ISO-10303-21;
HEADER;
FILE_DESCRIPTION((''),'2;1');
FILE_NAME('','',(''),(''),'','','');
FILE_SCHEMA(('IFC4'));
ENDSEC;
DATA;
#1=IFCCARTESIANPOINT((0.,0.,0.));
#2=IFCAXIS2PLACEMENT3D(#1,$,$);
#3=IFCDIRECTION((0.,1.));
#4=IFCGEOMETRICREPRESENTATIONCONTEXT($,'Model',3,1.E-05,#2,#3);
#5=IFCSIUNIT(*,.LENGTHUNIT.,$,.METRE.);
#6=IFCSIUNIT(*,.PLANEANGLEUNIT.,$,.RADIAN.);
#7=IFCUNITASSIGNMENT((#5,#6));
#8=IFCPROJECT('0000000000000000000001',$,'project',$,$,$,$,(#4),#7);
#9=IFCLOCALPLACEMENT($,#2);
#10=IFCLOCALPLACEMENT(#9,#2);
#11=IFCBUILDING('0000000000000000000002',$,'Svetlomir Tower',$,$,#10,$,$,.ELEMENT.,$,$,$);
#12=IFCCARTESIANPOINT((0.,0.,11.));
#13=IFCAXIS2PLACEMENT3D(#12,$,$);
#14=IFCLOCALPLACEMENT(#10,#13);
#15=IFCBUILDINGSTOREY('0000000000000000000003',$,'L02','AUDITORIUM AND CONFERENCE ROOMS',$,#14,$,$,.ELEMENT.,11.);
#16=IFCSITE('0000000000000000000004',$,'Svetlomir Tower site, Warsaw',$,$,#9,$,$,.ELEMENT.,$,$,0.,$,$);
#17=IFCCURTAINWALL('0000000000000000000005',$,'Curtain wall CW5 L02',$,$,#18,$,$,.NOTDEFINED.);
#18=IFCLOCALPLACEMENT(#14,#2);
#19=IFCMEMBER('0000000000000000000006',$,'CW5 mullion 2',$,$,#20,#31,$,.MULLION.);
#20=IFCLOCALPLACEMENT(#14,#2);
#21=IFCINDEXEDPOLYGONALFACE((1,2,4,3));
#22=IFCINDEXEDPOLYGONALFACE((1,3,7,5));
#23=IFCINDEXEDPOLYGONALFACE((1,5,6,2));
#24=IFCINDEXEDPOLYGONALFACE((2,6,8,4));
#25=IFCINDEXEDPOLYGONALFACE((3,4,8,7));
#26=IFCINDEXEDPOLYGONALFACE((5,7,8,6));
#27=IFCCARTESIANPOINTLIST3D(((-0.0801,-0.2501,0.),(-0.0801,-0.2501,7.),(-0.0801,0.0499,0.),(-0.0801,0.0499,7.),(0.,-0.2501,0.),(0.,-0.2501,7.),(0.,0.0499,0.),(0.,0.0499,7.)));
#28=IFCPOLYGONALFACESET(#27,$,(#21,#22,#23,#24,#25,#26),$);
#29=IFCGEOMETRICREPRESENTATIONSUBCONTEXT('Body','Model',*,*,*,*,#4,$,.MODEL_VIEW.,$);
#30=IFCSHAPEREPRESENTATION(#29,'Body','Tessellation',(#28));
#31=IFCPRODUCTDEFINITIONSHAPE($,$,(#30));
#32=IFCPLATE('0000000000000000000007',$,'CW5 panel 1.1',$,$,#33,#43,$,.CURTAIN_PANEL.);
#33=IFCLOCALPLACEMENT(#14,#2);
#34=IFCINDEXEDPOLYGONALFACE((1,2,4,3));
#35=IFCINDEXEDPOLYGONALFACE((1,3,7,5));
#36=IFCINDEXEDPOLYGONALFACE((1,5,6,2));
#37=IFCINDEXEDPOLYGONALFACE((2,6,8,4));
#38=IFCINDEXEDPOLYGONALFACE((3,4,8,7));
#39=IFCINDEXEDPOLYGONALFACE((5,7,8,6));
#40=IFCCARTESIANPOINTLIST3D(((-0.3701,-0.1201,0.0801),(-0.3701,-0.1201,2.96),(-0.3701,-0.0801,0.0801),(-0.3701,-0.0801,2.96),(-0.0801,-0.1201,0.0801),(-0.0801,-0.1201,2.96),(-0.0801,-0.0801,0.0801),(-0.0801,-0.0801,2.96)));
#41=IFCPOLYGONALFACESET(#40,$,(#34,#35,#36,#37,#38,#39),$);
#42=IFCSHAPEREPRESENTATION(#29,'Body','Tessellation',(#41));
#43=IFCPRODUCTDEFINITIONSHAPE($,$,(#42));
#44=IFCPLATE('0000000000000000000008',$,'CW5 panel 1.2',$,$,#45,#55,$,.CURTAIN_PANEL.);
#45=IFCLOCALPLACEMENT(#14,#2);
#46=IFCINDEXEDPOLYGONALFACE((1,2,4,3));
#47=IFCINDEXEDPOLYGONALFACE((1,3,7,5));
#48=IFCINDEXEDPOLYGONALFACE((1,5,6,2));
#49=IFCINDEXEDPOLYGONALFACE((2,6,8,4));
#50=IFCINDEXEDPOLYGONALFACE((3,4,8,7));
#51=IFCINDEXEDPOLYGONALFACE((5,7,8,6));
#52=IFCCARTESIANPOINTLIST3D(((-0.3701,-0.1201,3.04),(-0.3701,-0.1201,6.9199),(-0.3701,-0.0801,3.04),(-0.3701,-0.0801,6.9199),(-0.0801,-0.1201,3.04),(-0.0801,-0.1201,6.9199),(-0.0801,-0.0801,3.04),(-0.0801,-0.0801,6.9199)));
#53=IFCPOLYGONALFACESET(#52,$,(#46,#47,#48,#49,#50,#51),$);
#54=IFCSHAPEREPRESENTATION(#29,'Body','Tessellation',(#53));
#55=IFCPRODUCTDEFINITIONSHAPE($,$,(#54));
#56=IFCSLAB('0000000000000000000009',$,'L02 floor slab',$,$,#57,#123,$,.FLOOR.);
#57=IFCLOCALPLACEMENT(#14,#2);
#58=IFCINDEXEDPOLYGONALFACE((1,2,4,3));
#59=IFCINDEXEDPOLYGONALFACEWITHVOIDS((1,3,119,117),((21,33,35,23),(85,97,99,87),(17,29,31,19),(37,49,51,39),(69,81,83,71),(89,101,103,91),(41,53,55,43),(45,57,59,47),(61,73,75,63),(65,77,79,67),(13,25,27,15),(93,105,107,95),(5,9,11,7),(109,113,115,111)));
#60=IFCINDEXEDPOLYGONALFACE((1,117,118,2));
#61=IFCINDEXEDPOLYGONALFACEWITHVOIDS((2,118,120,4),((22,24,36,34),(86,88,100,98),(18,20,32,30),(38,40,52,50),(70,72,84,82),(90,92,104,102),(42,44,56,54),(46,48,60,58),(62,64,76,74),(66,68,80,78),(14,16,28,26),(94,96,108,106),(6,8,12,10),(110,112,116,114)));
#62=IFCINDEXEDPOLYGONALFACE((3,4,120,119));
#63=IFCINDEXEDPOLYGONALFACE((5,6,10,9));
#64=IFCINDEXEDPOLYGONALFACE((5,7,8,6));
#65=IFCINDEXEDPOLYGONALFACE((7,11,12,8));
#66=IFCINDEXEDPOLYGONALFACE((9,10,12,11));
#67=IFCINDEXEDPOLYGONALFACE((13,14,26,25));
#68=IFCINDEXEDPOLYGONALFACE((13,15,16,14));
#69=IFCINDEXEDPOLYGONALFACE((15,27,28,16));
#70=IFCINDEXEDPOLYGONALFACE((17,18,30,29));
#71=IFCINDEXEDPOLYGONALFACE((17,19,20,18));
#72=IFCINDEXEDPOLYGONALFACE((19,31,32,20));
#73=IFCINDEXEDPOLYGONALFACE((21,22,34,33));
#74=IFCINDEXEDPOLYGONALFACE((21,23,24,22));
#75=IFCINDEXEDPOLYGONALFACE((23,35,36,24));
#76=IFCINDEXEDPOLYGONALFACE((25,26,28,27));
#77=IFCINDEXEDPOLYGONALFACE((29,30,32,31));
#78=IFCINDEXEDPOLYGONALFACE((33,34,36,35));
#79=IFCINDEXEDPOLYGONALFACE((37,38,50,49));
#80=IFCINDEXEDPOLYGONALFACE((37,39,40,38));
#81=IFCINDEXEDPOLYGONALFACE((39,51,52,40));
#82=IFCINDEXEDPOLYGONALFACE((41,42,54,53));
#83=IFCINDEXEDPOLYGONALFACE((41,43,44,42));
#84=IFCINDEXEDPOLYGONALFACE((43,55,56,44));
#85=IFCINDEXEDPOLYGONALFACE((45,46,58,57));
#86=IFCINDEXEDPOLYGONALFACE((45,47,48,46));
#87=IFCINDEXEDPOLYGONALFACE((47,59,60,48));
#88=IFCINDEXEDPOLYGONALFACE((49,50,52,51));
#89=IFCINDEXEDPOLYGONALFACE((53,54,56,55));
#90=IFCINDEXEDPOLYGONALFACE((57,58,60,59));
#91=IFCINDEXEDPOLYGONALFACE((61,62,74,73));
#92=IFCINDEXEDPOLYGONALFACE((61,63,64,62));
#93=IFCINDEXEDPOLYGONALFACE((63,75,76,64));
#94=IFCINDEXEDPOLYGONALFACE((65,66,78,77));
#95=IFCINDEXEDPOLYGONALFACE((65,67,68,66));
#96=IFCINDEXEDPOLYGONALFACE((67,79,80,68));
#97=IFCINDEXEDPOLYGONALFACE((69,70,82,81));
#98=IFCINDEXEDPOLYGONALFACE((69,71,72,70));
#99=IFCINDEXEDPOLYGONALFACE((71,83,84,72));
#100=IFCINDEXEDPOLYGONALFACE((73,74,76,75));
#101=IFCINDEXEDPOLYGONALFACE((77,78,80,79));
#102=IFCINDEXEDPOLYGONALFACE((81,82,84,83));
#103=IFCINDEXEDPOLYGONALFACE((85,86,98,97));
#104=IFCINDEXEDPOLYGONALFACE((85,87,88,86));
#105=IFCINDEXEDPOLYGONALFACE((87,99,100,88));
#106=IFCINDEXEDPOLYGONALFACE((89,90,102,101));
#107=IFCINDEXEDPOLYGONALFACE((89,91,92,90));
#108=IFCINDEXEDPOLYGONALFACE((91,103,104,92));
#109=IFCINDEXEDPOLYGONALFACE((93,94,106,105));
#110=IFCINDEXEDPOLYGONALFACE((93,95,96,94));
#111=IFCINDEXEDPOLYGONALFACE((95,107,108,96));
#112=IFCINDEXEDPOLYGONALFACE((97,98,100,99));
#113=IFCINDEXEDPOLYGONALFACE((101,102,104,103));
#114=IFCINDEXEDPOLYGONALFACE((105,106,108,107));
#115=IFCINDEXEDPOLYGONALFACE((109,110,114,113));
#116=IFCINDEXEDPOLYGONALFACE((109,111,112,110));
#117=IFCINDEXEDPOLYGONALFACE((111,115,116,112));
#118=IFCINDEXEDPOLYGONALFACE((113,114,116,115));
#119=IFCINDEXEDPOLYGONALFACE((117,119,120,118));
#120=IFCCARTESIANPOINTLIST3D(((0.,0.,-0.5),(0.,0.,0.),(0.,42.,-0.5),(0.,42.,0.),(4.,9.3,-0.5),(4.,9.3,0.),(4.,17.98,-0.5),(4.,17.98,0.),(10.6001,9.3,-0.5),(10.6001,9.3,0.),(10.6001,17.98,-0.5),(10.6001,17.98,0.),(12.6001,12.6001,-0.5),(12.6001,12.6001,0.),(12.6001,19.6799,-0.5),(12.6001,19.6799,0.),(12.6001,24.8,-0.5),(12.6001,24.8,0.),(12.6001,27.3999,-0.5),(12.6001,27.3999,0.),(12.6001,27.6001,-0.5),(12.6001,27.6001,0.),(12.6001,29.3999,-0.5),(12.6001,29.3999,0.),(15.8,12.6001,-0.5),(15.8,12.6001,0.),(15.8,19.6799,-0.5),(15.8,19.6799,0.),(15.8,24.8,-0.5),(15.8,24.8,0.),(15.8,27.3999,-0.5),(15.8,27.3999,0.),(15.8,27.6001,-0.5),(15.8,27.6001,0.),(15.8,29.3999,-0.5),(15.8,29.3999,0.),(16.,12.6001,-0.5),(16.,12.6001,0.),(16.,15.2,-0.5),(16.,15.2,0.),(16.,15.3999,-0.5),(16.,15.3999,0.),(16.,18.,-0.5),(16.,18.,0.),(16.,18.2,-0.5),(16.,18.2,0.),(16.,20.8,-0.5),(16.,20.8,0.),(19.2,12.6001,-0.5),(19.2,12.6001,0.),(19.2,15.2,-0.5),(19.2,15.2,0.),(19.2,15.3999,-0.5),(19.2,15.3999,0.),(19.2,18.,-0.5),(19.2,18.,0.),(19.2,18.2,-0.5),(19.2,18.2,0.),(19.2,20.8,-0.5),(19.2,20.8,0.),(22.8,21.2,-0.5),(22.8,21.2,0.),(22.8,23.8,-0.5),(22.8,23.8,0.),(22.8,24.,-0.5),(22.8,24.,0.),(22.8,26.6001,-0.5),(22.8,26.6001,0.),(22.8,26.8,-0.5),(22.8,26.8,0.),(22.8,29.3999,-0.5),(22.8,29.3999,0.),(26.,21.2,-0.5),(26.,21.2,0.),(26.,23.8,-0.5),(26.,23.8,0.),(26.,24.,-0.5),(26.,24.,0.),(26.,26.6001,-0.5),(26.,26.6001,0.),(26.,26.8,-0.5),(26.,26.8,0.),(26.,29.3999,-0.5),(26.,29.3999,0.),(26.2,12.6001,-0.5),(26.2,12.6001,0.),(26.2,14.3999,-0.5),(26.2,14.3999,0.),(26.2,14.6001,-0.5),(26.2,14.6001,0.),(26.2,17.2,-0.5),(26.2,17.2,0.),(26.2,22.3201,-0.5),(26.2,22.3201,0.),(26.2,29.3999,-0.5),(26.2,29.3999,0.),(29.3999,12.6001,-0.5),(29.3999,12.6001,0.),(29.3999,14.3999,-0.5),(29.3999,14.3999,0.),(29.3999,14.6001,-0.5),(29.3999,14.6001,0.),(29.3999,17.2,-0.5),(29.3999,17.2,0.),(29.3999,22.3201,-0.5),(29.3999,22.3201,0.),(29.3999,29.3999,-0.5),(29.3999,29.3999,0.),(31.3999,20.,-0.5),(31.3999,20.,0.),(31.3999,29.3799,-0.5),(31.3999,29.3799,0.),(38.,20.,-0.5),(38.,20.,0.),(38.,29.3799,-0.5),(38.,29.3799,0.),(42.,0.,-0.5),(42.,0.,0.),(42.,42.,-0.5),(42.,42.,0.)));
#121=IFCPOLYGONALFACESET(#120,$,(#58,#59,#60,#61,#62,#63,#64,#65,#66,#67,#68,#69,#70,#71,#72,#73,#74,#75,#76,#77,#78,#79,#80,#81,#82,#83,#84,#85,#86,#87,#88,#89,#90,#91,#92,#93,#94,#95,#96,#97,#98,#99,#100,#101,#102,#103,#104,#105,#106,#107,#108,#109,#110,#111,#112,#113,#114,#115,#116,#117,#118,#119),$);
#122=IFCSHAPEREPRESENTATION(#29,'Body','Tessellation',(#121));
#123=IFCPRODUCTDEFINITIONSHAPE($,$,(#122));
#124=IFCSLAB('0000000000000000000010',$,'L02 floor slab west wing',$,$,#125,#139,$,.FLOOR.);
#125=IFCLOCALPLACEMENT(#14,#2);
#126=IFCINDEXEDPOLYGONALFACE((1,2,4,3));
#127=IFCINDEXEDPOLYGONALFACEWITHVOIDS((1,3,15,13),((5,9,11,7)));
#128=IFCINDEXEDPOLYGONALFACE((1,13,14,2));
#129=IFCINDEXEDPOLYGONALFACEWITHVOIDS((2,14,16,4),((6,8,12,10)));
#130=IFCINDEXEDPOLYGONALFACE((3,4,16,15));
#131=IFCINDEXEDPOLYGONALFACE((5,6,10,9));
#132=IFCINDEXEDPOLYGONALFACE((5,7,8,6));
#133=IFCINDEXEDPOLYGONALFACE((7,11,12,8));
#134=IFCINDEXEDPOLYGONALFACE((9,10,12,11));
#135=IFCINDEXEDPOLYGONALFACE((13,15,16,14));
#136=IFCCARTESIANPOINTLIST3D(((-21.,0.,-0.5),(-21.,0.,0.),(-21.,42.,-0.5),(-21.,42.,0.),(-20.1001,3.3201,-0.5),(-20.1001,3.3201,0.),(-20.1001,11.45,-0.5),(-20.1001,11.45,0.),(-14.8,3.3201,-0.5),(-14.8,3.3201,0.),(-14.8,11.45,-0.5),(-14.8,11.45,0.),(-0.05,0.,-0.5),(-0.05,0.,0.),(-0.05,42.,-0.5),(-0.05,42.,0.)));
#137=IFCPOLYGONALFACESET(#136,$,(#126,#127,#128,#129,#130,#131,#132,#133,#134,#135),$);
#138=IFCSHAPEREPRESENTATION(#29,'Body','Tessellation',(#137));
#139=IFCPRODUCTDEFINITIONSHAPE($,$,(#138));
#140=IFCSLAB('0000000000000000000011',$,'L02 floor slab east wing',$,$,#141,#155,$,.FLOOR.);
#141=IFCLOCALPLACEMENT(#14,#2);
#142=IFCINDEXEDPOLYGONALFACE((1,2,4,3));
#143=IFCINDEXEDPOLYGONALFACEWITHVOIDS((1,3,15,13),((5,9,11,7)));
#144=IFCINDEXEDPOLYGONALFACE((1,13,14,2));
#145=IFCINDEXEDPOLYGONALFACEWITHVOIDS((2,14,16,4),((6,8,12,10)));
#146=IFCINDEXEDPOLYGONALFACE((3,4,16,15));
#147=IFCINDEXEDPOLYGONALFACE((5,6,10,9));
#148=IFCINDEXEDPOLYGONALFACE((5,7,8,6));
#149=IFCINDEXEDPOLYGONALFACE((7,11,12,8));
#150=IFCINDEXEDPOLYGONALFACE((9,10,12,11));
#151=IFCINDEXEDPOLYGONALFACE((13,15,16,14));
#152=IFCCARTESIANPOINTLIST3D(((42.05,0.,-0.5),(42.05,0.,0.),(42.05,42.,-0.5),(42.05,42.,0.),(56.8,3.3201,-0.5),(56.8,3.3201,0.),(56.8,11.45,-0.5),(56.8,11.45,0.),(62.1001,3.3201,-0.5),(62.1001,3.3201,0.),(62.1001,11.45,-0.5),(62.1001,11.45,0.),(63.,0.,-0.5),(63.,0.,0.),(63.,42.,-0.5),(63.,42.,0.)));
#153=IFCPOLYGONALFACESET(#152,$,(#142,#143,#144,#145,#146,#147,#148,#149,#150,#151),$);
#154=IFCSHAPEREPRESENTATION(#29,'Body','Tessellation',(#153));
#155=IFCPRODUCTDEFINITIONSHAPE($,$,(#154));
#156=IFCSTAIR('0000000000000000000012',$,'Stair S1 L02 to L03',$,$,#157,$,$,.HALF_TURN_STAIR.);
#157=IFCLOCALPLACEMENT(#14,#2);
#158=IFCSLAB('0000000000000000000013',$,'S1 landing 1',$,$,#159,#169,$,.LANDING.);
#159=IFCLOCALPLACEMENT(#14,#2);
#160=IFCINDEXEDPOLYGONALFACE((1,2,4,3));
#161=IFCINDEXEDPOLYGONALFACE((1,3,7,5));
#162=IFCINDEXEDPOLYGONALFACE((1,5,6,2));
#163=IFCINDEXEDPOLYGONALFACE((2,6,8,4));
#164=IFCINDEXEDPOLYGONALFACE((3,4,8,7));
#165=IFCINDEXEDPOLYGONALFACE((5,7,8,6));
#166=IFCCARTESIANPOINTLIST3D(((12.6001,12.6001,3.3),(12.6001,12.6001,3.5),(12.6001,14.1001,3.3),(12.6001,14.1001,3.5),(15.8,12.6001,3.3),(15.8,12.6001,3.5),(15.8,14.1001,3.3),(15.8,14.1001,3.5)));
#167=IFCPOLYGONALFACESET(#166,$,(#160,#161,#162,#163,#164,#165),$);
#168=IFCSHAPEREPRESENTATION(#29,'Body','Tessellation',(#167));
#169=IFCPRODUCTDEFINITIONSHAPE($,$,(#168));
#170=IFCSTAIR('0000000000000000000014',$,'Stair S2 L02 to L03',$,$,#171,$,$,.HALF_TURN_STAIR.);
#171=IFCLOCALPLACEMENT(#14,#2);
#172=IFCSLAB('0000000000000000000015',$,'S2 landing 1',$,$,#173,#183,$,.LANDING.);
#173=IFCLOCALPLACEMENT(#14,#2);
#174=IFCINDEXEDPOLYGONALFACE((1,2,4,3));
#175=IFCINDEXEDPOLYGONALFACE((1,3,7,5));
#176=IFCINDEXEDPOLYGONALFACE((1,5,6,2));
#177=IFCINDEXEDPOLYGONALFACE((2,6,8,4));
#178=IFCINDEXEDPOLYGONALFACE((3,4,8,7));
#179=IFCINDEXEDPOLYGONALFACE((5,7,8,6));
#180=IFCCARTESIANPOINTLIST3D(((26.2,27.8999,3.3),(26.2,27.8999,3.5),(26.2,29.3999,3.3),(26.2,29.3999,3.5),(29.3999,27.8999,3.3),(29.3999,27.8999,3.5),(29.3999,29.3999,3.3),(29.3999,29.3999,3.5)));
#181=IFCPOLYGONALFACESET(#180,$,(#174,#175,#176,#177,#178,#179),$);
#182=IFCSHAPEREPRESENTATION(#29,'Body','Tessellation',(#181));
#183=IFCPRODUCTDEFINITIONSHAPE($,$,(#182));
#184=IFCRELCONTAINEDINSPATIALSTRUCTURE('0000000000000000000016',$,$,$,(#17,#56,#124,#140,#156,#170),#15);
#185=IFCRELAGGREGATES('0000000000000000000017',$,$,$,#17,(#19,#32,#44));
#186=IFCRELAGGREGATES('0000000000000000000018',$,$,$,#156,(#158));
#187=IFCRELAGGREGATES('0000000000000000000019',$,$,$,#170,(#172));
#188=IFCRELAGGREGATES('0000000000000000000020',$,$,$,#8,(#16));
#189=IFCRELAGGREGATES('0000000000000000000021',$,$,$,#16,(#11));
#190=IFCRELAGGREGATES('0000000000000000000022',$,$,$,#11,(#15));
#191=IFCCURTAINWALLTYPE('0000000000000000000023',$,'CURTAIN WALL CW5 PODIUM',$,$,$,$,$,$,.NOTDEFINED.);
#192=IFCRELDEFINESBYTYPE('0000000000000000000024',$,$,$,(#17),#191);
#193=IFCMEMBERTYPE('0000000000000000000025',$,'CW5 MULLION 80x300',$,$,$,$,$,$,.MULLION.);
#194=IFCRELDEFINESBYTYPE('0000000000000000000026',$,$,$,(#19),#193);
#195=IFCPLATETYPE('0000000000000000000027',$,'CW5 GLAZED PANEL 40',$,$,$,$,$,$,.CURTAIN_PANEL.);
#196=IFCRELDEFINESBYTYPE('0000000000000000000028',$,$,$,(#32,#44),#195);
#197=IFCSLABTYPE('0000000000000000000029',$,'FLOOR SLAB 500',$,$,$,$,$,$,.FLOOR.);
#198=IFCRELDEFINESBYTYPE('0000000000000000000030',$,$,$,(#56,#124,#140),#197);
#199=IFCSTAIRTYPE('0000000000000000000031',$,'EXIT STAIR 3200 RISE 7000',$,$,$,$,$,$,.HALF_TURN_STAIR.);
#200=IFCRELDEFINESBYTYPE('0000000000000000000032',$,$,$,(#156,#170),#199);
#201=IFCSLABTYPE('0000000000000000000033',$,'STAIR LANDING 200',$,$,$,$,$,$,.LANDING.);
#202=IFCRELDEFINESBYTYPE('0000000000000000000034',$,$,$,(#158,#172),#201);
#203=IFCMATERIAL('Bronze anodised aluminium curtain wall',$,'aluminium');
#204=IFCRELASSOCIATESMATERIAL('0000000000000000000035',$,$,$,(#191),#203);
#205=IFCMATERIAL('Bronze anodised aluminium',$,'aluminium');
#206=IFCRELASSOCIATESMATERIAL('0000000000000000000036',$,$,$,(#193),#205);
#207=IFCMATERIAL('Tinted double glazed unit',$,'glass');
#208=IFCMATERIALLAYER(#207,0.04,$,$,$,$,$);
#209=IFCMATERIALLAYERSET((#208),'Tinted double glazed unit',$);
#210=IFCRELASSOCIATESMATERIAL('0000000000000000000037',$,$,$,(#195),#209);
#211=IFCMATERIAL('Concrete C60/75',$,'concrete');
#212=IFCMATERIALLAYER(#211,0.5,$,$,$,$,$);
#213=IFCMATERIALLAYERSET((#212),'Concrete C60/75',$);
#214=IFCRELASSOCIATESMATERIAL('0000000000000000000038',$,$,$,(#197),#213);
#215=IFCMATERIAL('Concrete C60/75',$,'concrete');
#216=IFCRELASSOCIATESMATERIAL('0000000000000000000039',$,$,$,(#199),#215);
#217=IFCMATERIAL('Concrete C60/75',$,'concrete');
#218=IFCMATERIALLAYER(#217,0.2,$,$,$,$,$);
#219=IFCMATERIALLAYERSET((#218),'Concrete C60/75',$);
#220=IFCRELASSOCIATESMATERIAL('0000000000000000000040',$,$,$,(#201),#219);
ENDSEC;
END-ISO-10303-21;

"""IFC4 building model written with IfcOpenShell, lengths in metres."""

from ifc_helpers import new_model, si_unit, direction, frame, origin, origin_2d, place, context, subcontext, project, spatial, polyline, rectangle, outline, extrude, material, layer, layer_set, material_profile, profile_set, type_object, element, aggregate, save


model = new_model("IFC4")

# Units and contexts
model_context = context("Model", 3, precision=1e-05, world=origin(), true_north=direction((0.0, 1.0)))
body_context = subcontext(model_context, "Body", "Model", "MODEL_VIEW")
ifc_project = project(units=[si_unit("LENGTHUNIT", "METRE"), si_unit("PLANEANGLEUNIT", "RADIAN")], contexts=[model_context])

# Site, building, storey
site_placement = place(None, origin())
site = spatial("IfcSite", under=ifc_project, at=site_placement, Name="Svetlomir Tower site, Warsaw", CompositionType="ELEMENT", RefElevation=0.0)
building_placement = place(site_placement, origin())
building = spatial("IfcBuilding", under=site, at=building_placement, Name="Svetlomir Tower", CompositionType="ELEMENT")
storey_placement = place(building_placement, frame((0.0, 0.0, 11.0)))
storey = spatial("IfcBuildingStorey", under=building, at=storey_placement, Name="L02", Description="AUDITORIUM AND CONFERENCE ROOMS", CompositionType="ELEMENT", Elevation=11.0)

# Curtain wall, member, plates
ifc_material_1 = material(Name="Bronze anodised aluminium curtain wall", Category="aluminium")
curtain_wall_type = type_object("IfcCurtainWallType", Name="CURTAIN WALL CW5 PODIUM", PredefinedType="NOTDEFINED", material=ifc_material_1)
curtain_wall_placement = place(storey_placement, origin())
curtain_wall = element("IfcCurtainWall", 1, at=curtain_wall_placement, inside=storey, type_object=curtain_wall_type, Name="Curtain wall CW5 L02", PredefinedType="NOTDEFINED")
ifc_material_2 = material(Name="Bronze anodised aluminium", Category="aluminium")
ifc_material_profile = material_profile(ifc_material_2, rectangle(XDim=0.0801, YDim=0.3, at=origin_2d()), Name="AL 80x300")
ifc_profile_set = profile_set([ifc_material_profile], Name="Bronze anodised aluminium 6063-T6")
member_type = type_object("IfcMemberType", Name="CW5 MULLION 80x300", PredefinedType="MULLION", material=ifc_profile_set)
member_placement = place(storey_placement, frame((-0.04, -0.1001, 0.0), z_axis=(0.0, 0.0, 1.0), x_axis=(1.0, 0.0, 0.0)))
member = element("IfcMember", 2, at=member_placement, type_object=member_type, Name="CW5 mullion 2", PredefinedType="MULLION", context=body_context, shape_type="SweptSolid", body=[
    extrude(rectangle(XDim=0.0801, YDim=0.3, at=origin_2d()), origin(), (0.0, 0.0, 1.0), 7.0),
])
ifc_material_3 = material(Name="Tinted double glazed unit", Category="glass")
ifc_layer_1 = layer(ifc_material_3, 0.04)
ifc_layer_set_1 = layer_set([ifc_layer_1], Name="Tinted double glazed unit")
plate_type = type_object("IfcPlateType", Name="CW5 GLAZED PANEL 40", PredefinedType="CURTAIN_PANEL", material=ifc_layer_set_1)
plate_1_placement = place(storey_placement, frame((-0.2251, -0.1001, 0.0801), z_axis=(0.0, 0.0, 1.0), x_axis=(1.0, 0.0, 0.0)))
plate_1 = element("IfcPlate", 3, at=plate_1_placement, type_object=plate_type, Name="CW5 panel 1.1", PredefinedType="CURTAIN_PANEL", context=body_context, shape_type="SweptSolid", body=[
    extrude(rectangle(XDim=0.29, YDim=0.04, at=origin_2d()), origin(), (0.0, 0.0, 1.0), 2.8799),
])
plate_2_placement = place(storey_placement, frame((-0.2251, -0.1001, 3.04), z_axis=(0.0, 0.0, 1.0), x_axis=(1.0, 0.0, 0.0)))
plate_2 = element("IfcPlate", 4, at=plate_2_placement, type_object=plate_type, Name="CW5 panel 1.2", PredefinedType="CURTAIN_PANEL", context=body_context, shape_type="SweptSolid", body=[
    extrude(rectangle(XDim=0.29, YDim=0.04, at=origin_2d()), origin(), (0.0, 0.0, 1.0), 3.8799),
])
aggregate(curtain_wall, [member, plate_1, plate_2])

# Slabs
ifc_material_4 = material(Name="Concrete C60/75", Category="concrete")
ifc_layer_2 = layer(ifc_material_4, 0.5)
ifc_layer_set_2 = layer_set([ifc_layer_2], Name="Concrete C60/75")
slab_type_1 = type_object("IfcSlabType", Name="FLOOR SLAB 500", PredefinedType="FLOOR", material=ifc_layer_set_2)
slab_1_placement = place(storey_placement, frame((0.0, 0.0, -0.5)))
element("IfcSlab", 5, at=slab_1_placement, inside=storey, type_object=slab_type_1, Name="L02 floor slab", PredefinedType="FLOOR", context=body_context, shape_type="SweptSolid", body=[
    extrude(outline(polyline([(0.0, 0.0), (42.0, 0.0), (42.0, 42.0), (0.0, 42.0), (0.0, 0.0)]), holes=[polyline([(12.6001, 24.8), (15.8, 24.8), (15.8, 27.3999), (12.6001, 27.3999), (12.6001, 24.8)]), polyline([(26.2, 14.6001), (29.3999, 14.6001), (29.3999, 17.2), (26.2, 17.2), (26.2, 14.6001)]), polyline([(16.0, 12.6001), (19.2, 12.6001), (19.2, 15.2), (16.0, 15.2), (16.0, 12.6001)]), polyline([(16.0, 15.3999), (19.2, 15.3999), (19.2, 18.0), (16.0, 18.0), (16.0, 15.3999)]), polyline([(16.0, 18.2), (19.2, 18.2), (19.2, 20.8), (16.0, 20.8), (16.0, 18.2)]), polyline([(22.8, 21.2), (26.0, 21.2), (26.0, 23.8), (22.8, 23.8), (22.8, 21.2)]), polyline([(22.8, 24.0), (26.0, 24.0), (26.0, 26.6001), (22.8, 26.6001), (22.8, 24.0)]), polyline([(22.8, 26.8), (26.0, 26.8), (26.0, 29.3999), (22.8, 29.3999), (22.8, 26.8)]), polyline([(12.6001, 27.6001), (15.8, 27.6001), (15.8, 29.3999), (12.6001, 29.3999), (12.6001, 27.6001)]), polyline([(26.2, 12.6001), (29.3999, 12.6001), (29.3999, 14.3999), (26.2, 14.3999), (26.2, 12.6001)]), polyline([(12.6001, 12.6001), (15.8, 12.6001), (15.8, 19.6799), (12.6001, 19.6799), (12.6001, 12.6001)]), polyline([(26.2, 22.3201), (29.3999, 22.3201), (29.3999, 29.3999), (26.2, 29.3999), (26.2, 22.3201)]), polyline([(4.0, 9.3), (10.6001, 9.3), (10.6001, 17.98), (4.0, 17.98), (4.0, 9.3)]), polyline([(31.3999, 20.0), (38.0, 20.0), (38.0, 29.3799), (31.3999, 29.3799), (31.3999, 20.0)])]), origin(), (0.0, 0.0, 1.0), 0.5),
])
slab_2_placement = place(storey_placement, frame((0.0, 0.0, -0.5)))
element("IfcSlab", 6, at=slab_2_placement, inside=storey, type_object=slab_type_1, Name="L02 floor slab west wing", PredefinedType="FLOOR", context=body_context, shape_type="SweptSolid", body=[
    extrude(outline(polyline([(-21.0, 0.0), (-0.05, 0.0), (-0.05, 42.0), (-21.0, 42.0), (-21.0, 0.0)]), holes=[polyline([(-20.1001, 3.3201), (-14.8, 3.3201), (-14.8, 11.45), (-20.1001, 11.45), (-20.1001, 3.3201)])]), origin(), (0.0, 0.0, 1.0), 0.5),
])
slab_3_placement = place(storey_placement, frame((0.0, 0.0, -0.5)))
element("IfcSlab", 7, at=slab_3_placement, inside=storey, type_object=slab_type_1, Name="L02 floor slab east wing", PredefinedType="FLOOR", context=body_context, shape_type="SweptSolid", body=[
    extrude(outline(polyline([(42.05, 0.0), (63.0, 0.0), (63.0, 42.0), (42.05, 42.0), (42.05, 0.0)]), holes=[polyline([(56.8, 3.3201), (62.1001, 3.3201), (62.1001, 11.45), (56.8, 11.45), (56.8, 3.3201)])]), origin(), (0.0, 0.0, 1.0), 0.5),
])

# Stairs, slabs
ifc_material_5 = material(Name="Concrete C60/75", Category="concrete")
stair_type_1 = type_object("IfcStairType", Name="EXIT STAIR 3200 RISE 7000", PredefinedType="HALF_TURN_STAIR", material=ifc_material_5)
stair_1_placement = place(storey_placement, origin())
stair_1 = element("IfcStair", 8, at=stair_1_placement, inside=storey, type_object=stair_type_1, Name="Stair S1 L02 to L03", PredefinedType="HALF_TURN_STAIR")
ifc_material_6 = material(Name="Concrete C60/75", Category="concrete")
ifc_layer_3 = layer(ifc_material_6, 0.2)
ifc_layer_set_3 = layer_set([ifc_layer_3], Name="Concrete C60/75")
slab_type_2 = type_object("IfcSlabType", Name="STAIR LANDING 200", PredefinedType="LANDING", material=ifc_layer_set_3)
slab_4_placement = place(storey_placement, frame((0.0, 0.0, 3.3)))
slab_4 = element("IfcSlab", 9, at=slab_4_placement, type_object=slab_type_2, Name="S1 landing 1", PredefinedType="LANDING", context=body_context, shape_type="SweptSolid", body=[
    extrude(outline(polyline([(12.6001, 12.6001), (15.8, 12.6001), (15.8, 14.1001), (12.6001, 14.1001), (12.6001, 12.6001)])), origin(), (0.0, 0.0, 1.0), 0.2),
])
aggregate(stair_1, [slab_4])
stair_2_placement = place(storey_placement, origin())
stair_2 = element("IfcStair", 10, at=stair_2_placement, inside=storey, type_object=stair_type_1, Name="Stair S2 L02 to L03", PredefinedType="HALF_TURN_STAIR")
slab_5_placement = place(storey_placement, frame((0.0, 0.0, 3.3)))
slab_5 = element("IfcSlab", 11, at=slab_5_placement, type_object=slab_type_2, Name="S2 landing 1", PredefinedType="LANDING", context=body_context, shape_type="SweptSolid", body=[
    extrude(outline(polyline([(26.2, 27.8999), (29.3999, 27.8999), (29.3999, 29.3999), (26.2, 29.3999), (26.2, 27.8999)])), origin(), (0.0, 0.0, 1.0), 0.2),
])
aggregate(stair_2, [slab_5])

save(model, "model.ifc")
